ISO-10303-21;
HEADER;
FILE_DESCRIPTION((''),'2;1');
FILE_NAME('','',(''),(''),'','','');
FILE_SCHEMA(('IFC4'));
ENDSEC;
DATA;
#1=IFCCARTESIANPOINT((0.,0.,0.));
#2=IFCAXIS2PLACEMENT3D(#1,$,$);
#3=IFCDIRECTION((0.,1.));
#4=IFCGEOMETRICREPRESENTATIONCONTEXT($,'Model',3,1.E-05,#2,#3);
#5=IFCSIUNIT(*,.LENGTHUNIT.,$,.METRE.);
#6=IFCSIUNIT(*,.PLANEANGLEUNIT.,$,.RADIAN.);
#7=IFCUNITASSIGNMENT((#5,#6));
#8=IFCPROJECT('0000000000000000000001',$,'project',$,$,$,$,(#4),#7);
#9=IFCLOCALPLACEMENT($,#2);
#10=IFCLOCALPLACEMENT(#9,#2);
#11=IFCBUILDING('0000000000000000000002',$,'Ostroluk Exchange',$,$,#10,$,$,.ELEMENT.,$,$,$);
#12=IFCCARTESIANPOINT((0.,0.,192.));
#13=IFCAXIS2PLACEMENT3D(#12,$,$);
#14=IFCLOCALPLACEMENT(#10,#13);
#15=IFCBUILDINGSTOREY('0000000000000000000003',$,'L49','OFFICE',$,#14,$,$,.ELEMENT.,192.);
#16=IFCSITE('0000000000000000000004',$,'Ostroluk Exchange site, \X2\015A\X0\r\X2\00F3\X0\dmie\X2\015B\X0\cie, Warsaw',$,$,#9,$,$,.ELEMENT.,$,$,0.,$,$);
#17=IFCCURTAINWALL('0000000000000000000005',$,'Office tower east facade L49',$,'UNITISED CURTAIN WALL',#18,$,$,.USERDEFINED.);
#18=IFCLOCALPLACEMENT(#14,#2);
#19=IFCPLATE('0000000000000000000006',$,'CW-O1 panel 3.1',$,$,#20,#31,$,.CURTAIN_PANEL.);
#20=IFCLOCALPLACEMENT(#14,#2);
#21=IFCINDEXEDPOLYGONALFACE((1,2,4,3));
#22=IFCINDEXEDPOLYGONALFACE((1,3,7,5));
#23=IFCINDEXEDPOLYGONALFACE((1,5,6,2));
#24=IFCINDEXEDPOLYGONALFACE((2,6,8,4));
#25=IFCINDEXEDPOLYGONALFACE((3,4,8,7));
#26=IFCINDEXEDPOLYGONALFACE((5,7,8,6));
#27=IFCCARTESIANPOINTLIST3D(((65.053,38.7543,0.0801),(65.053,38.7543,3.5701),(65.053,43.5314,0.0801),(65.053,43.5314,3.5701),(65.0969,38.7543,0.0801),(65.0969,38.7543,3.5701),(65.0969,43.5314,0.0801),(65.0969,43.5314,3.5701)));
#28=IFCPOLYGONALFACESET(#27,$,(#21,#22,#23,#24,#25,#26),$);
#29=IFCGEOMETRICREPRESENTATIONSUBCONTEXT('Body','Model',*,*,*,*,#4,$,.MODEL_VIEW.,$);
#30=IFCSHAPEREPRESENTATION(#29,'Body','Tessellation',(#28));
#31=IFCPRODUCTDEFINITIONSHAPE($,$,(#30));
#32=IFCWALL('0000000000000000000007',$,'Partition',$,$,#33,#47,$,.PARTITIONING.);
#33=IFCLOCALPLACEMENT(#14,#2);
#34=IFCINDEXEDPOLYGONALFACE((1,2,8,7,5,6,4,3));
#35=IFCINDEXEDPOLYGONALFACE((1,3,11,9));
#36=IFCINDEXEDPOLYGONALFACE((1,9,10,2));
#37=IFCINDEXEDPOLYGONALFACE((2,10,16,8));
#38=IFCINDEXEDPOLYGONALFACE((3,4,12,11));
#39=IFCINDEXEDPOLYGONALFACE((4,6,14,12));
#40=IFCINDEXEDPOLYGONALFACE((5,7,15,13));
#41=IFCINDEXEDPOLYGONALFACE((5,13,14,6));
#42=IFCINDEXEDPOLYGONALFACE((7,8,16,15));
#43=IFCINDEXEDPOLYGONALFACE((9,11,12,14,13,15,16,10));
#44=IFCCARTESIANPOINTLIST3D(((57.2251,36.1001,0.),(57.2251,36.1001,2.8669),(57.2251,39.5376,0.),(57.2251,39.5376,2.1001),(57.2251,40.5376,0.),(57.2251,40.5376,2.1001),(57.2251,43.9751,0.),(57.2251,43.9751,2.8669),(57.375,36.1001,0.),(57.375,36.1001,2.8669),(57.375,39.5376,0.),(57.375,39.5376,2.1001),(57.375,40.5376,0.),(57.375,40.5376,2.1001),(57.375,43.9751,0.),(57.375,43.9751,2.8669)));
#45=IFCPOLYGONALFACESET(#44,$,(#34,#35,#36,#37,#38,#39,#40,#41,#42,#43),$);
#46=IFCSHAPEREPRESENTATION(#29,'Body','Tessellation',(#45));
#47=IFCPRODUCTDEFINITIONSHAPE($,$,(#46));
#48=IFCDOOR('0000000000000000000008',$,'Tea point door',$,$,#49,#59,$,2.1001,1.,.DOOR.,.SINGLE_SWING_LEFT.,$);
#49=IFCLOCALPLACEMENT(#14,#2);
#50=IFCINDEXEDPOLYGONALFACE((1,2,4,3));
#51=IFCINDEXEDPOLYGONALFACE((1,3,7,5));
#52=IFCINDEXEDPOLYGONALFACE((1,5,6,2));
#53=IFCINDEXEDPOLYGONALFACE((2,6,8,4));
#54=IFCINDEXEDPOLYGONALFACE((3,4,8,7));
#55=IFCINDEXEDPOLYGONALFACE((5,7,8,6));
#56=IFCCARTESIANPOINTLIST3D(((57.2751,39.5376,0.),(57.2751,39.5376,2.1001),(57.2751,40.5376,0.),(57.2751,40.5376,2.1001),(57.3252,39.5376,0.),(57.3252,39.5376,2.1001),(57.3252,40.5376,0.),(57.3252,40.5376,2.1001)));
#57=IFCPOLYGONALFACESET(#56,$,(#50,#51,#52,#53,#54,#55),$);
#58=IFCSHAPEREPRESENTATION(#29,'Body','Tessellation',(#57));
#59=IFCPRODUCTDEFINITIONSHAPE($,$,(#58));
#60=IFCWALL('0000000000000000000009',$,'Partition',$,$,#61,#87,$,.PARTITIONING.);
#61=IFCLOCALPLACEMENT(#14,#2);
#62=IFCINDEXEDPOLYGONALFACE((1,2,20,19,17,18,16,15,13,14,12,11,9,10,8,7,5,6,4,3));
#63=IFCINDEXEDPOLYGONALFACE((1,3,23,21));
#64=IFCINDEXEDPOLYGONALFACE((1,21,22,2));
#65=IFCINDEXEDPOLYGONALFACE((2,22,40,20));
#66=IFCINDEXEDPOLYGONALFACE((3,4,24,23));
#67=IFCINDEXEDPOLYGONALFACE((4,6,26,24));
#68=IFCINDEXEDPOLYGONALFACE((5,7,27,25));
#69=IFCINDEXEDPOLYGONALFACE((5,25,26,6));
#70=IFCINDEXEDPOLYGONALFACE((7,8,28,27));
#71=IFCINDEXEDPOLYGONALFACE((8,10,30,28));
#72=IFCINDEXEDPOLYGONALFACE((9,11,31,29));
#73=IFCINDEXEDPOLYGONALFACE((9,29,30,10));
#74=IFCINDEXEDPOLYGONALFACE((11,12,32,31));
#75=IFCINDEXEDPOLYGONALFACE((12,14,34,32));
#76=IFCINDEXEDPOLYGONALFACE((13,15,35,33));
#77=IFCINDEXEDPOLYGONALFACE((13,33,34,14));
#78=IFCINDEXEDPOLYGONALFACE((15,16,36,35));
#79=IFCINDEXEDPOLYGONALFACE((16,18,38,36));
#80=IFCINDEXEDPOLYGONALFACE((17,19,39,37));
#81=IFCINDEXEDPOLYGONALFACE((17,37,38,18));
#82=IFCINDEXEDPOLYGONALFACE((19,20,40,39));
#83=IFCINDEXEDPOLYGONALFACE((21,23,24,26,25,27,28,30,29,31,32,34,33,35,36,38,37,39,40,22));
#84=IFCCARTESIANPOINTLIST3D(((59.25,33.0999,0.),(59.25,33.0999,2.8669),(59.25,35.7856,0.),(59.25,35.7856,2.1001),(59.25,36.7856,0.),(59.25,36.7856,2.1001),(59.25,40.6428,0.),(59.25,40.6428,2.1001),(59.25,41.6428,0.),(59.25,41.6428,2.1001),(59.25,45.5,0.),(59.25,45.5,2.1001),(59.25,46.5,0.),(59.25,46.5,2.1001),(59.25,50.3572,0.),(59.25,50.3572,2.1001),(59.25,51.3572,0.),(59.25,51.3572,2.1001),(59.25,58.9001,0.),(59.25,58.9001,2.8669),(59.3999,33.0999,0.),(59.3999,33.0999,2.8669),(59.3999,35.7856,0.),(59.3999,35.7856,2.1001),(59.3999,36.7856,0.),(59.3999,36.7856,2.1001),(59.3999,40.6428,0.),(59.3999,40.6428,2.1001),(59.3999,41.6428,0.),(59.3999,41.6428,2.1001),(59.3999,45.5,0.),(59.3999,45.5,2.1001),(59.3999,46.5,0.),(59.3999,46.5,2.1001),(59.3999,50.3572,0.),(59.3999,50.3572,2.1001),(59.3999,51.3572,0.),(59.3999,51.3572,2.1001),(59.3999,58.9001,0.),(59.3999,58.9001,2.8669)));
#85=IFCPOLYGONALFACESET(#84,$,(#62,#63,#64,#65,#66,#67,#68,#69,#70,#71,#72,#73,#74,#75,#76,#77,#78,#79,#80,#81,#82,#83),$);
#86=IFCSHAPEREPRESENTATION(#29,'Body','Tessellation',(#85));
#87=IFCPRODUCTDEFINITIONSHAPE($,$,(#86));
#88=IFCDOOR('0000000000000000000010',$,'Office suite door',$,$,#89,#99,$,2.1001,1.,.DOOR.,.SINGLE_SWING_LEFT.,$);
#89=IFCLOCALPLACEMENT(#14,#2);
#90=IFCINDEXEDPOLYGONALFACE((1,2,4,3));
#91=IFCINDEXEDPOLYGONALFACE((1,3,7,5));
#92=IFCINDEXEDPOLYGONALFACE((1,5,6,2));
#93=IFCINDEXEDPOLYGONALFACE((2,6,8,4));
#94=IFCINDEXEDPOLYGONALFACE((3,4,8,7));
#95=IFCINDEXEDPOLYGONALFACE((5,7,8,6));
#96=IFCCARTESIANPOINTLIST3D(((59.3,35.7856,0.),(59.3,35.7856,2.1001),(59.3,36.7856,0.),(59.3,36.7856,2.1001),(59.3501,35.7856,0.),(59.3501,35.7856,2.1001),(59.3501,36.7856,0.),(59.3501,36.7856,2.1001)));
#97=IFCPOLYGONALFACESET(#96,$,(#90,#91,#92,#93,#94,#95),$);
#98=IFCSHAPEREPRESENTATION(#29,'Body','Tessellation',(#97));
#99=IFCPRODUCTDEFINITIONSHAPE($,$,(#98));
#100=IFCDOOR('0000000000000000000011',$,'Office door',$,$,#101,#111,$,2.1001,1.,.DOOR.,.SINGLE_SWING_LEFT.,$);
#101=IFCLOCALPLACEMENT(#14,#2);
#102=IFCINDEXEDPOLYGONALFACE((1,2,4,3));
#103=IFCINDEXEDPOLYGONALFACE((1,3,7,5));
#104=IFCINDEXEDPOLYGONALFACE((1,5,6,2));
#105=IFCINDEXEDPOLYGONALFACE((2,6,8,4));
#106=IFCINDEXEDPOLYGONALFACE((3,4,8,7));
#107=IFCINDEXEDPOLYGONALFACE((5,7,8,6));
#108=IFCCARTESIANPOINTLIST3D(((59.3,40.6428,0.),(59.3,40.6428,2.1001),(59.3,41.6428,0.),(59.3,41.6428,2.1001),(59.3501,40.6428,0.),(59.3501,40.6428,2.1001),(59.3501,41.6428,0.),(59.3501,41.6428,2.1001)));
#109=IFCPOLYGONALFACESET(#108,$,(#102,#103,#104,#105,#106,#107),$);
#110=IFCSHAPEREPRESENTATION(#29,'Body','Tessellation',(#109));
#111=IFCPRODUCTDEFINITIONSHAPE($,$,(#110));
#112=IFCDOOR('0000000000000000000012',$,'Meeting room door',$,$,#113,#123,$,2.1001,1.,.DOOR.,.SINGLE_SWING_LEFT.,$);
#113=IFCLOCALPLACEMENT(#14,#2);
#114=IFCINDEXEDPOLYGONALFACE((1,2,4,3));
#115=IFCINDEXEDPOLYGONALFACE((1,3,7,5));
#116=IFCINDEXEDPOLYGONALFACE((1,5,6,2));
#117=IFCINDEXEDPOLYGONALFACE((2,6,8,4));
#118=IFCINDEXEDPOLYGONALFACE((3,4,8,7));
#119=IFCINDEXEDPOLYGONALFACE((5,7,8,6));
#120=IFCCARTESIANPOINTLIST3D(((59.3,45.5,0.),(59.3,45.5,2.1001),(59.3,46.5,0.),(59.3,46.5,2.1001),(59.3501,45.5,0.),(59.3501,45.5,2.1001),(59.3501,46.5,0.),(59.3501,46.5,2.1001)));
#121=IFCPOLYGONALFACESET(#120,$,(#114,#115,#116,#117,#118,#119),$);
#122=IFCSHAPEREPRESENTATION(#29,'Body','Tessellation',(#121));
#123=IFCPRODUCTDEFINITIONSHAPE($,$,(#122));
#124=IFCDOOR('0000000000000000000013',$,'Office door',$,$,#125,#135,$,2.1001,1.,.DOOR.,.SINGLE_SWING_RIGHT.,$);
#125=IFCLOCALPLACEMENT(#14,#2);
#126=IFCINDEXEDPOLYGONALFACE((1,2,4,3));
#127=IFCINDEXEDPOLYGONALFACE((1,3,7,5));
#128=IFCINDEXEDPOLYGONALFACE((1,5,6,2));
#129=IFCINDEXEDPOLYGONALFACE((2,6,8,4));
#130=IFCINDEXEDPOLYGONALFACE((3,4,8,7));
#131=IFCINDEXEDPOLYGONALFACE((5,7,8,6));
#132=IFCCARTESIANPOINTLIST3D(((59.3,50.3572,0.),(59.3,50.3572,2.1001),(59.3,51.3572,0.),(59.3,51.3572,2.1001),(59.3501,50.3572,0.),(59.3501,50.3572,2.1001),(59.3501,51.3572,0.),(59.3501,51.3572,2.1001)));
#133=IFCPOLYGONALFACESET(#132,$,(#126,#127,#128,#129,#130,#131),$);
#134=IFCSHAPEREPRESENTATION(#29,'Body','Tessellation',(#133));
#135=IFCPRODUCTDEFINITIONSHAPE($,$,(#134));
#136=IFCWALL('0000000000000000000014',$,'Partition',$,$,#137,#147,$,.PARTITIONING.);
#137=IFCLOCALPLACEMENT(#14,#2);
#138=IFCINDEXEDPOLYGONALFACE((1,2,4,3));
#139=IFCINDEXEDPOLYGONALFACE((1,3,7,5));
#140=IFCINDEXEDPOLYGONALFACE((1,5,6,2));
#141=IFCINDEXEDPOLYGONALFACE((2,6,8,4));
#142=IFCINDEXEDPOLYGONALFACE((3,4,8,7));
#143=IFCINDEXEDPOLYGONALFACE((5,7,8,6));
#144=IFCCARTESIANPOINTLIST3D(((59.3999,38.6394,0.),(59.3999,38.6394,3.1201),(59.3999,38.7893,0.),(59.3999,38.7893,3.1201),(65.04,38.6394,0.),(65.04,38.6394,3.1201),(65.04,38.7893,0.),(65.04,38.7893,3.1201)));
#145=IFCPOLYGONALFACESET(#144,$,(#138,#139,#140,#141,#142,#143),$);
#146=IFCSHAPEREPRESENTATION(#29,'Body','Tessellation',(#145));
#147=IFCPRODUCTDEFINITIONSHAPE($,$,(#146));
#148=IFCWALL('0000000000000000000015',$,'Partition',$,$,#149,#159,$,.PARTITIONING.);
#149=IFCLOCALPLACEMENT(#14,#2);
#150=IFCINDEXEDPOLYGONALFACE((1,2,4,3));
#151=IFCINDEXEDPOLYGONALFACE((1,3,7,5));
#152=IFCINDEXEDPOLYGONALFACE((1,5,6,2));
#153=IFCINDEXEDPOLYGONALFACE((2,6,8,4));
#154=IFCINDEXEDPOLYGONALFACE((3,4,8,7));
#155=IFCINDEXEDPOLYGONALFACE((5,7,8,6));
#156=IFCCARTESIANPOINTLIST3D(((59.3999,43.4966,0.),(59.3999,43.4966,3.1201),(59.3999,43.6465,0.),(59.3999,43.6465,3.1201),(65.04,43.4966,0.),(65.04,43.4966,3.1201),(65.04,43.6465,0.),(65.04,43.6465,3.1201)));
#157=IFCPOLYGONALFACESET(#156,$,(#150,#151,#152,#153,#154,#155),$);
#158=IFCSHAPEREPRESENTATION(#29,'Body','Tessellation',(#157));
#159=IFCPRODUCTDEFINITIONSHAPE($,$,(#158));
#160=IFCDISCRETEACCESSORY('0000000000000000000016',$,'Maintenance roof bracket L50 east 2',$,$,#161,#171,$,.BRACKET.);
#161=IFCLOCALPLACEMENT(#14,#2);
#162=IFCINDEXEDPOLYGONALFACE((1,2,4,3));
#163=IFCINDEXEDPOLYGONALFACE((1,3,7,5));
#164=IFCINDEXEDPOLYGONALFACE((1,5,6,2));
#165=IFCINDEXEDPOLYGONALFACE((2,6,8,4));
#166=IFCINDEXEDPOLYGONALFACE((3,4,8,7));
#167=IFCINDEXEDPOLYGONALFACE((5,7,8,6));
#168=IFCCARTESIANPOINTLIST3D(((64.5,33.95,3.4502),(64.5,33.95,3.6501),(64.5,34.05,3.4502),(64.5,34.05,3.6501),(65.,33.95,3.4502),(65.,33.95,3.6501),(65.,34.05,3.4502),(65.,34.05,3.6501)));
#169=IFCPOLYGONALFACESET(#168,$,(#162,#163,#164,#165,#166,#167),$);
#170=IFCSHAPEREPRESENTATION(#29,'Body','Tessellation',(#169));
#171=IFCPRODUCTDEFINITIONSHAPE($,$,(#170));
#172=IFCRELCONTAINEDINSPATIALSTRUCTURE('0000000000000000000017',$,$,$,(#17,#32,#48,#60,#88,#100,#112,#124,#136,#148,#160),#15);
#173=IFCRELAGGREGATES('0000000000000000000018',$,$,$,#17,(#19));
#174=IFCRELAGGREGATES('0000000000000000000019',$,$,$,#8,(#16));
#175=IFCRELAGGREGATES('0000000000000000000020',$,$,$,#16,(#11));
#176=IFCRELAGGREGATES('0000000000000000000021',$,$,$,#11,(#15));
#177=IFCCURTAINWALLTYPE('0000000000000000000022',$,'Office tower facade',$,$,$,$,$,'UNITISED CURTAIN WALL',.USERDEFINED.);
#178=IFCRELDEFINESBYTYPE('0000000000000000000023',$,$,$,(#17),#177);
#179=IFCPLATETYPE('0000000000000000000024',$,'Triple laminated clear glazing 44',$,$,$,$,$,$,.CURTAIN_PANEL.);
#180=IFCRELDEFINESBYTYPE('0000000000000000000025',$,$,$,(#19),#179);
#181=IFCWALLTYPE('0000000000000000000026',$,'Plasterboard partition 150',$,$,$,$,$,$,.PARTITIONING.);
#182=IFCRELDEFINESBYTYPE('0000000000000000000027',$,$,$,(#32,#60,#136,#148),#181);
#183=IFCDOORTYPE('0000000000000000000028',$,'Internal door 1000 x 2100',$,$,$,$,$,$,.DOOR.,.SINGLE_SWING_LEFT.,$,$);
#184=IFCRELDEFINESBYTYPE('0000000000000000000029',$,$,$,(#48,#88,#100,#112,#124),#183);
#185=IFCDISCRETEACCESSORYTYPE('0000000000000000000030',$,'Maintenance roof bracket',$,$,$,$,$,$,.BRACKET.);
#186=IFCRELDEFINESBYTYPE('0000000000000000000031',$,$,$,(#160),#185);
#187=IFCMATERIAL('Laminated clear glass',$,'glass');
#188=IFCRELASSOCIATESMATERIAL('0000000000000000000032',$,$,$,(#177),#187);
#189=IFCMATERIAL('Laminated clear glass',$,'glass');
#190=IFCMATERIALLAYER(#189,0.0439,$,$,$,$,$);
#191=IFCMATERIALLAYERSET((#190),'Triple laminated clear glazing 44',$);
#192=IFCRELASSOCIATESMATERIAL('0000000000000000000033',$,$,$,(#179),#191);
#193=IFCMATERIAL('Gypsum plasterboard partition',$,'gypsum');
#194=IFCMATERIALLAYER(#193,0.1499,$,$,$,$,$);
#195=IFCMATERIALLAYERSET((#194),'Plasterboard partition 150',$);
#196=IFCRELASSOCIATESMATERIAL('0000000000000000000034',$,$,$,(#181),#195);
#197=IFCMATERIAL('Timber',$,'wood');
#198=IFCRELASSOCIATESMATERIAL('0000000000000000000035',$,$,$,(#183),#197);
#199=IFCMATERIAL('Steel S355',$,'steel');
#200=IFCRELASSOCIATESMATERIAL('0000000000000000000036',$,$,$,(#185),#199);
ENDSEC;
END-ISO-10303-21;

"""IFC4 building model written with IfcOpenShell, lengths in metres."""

from ifc_helpers import new_model, si_unit, direction, frame, frame_2d, origin, origin_2d, place, context, subcontext, project, spatial, rectangle, extrude, material, layer, layer_set, type_object, element, fill, aggregate, save


model = new_model("IFC4")

# Units and contexts
model_context = context("Model", 3, precision=1e-05, world=origin(), true_north=direction((0.0, 1.0)))
body_context = subcontext(model_context, "Body", "Model", "MODEL_VIEW")
ifc_project = project(units=[si_unit("LENGTHUNIT", "METRE"), si_unit("PLANEANGLEUNIT", "RADIAN")], contexts=[model_context])

# Site, building, storey
site_placement = place(None, origin())
site = spatial("IfcSite", under=ifc_project, at=site_placement, Name="Ostroluk Exchange site, Śródmieście, Warsaw", CompositionType="ELEMENT", RefElevation=0.0)
building_placement = place(site_placement, origin())
building = spatial("IfcBuilding", under=site, at=building_placement, Name="Ostroluk Exchange", CompositionType="ELEMENT")
storey_placement = place(building_placement, frame((0.0, 0.0, 192.0)))
storey = spatial("IfcBuildingStorey", under=building, at=storey_placement, Name="L49", Description="OFFICE", CompositionType="ELEMENT", Elevation=192.0)

# Curtain wall, plate
ifc_material_1 = material(Name="Laminated clear glass", Category="glass")
curtain_wall_type = type_object("IfcCurtainWallType", Name="Office tower facade", ElementType="UNITISED CURTAIN WALL", PredefinedType="USERDEFINED", material=ifc_material_1)
curtain_wall_placement = place(storey_placement, origin())
curtain_wall = element("IfcCurtainWall", 1, at=curtain_wall_placement, inside=storey, type_object=curtain_wall_type, Name="Office tower east facade L49", ObjectType="UNITISED CURTAIN WALL", PredefinedType="USERDEFINED")
ifc_material_2 = material(Name="Laminated clear glass", Category="glass")
ifc_layer_1 = layer(ifc_material_2, 0.0439)
ifc_layer_set_1 = layer_set([ifc_layer_1], Name="Triple laminated clear glazing 44")
plate_type = type_object("IfcPlateType", Name="Triple laminated clear glazing 44", PredefinedType="CURTAIN_PANEL", material=ifc_layer_set_1)
plate_1_placement = place(storey_placement, frame((65.075, 41.1428, 0.0801), z_axis=(0.0, 0.0, 1.0), x_axis=(0.0, 1.0, 0.0)))
plate_1 = element("IfcPlate", 2, at=plate_1_placement, type_object=plate_type, Name="CW-O1 panel 3.1", PredefinedType="CURTAIN_PANEL", context=body_context, shape_type="SweptSolid", body=[
    extrude(rectangle(XDim=4.7771, YDim=0.0439, at=origin_2d()), origin(), (0.0, 0.0, 1.0), 3.49),
])
aggregate(curtain_wall, [plate_1])

# Wall, opening, door
ifc_material_3 = material(Name="Gypsum plasterboard partition", Category="gypsum")
ifc_layer_2 = layer(ifc_material_3, 0.1499)
ifc_layer_set_2 = layer_set([ifc_layer_2], Name="Plasterboard partition 150")
wall_type = type_object("IfcWallType", Name="Plasterboard partition 150", PredefinedType="PARTITIONING", material=ifc_layer_set_2)
wall_1_placement = place(storey_placement, frame((57.3, 36.1001, 0.0), z_axis=(0.0, 0.0, 1.0), x_axis=(0.0, 1.0, 0.0)))
wall_1 = element("IfcWall", 3, at=wall_1_placement, inside=storey, type_object=wall_type, Name="Partition", PredefinedType="PARTITIONING", context=body_context, shape_type="SweptSolid", body=[
    extrude(rectangle(XDim=7.875, YDim=0.1499, at=frame_2d((3.9375, 0.0))), origin(), (0.0, 0.0, 1.0), 2.8669),
])
opening_1_placement = place(wall_1_placement, frame((3.4375, 0.0, 0.0)))
opening_1 = element("IfcOpeningElement", 4, at=opening_1_placement, cuts=wall_1, PredefinedType="OPENING", context=body_context, shape_type="SweptSolid", body=[
    extrude(rectangle(XDim=1.0, YDim=2.1001, at=frame_2d((0.5, 1.05))), frame((0.0, 0.085, 0.0), z_axis=(0.0, -1.0, 0.0), x_axis=(1.0, 0.0, 0.0)), (0.0, 0.0, 1.0), 0.1699),
])
ifc_material_4 = material(Name="Timber", Category="wood")
door_type = type_object("IfcDoorType", Name="Internal door 1000 x 2100", OperationType="SINGLE_SWING_LEFT", PredefinedType="DOOR", material=ifc_material_4)
door_1_placement = place(opening_1_placement, origin())
door_1 = element("IfcDoor", 5, at=door_1_placement, inside=storey, type_object=door_type, Name="Tea point door", OperationType="SINGLE_SWING_LEFT", OverallHeight=2.1001, OverallWidth=1.0, PredefinedType="DOOR", context=body_context, shape_type="SweptSolid", body=[
    extrude(rectangle(XDim=1.0, YDim=2.1001, at=frame_2d((0.5, 1.05))), frame((0.0, 0.0249, 0.0), z_axis=(0.0, -1.0, 0.0), x_axis=(1.0, 0.0, 0.0)), (0.0, 0.0, 1.0), 0.05),
])
fill(opening_1, door_1)

# Wall, openings, doors
wall_2_placement = place(storey_placement, frame((59.325, 33.0999, 0.0), z_axis=(0.0, 0.0, 1.0), x_axis=(0.0, 1.0, 0.0)))
wall_2 = element("IfcWall", 6, at=wall_2_placement, inside=storey, type_object=wall_type, Name="Partition", PredefinedType="PARTITIONING", context=body_context, shape_type="SweptSolid", body=[
    extrude(rectangle(XDim=25.8003, YDim=0.1499, at=frame_2d((12.9001, 0.0))), origin(), (0.0, 0.0, 1.0), 2.8669),
])
opening_2_placement = place(wall_2_placement, frame((2.6858, 0.0, 0.0)))
opening_2 = element("IfcOpeningElement", 7, at=opening_2_placement, cuts=wall_2, PredefinedType="OPENING", context=body_context, shape_type="SweptSolid", body=[
    extrude(rectangle(XDim=1.0, YDim=2.1001, at=frame_2d((0.5, 1.05))), frame((0.0, 0.085, 0.0), z_axis=(0.0, -1.0, 0.0), x_axis=(1.0, 0.0, 0.0)), (0.0, 0.0, 1.0), 0.1699),
])
opening_3_placement = place(wall_2_placement, frame((7.543, 0.0, 0.0)))
opening_3 = element("IfcOpeningElement", 8, at=opening_3_placement, cuts=wall_2, PredefinedType="OPENING", context=body_context, shape_type="SweptSolid", body=[
    extrude(rectangle(XDim=1.0, YDim=2.1001, at=frame_2d((0.5, 1.05))), frame((0.0, 0.085, 0.0), z_axis=(0.0, -1.0, 0.0), x_axis=(1.0, 0.0, 0.0)), (0.0, 0.0, 1.0), 0.1699),
])
opening_4_placement = place(wall_2_placement, frame((12.4001, 0.0, 0.0)))
opening_4 = element("IfcOpeningElement", 9, at=opening_4_placement, cuts=wall_2, PredefinedType="OPENING", context=body_context, shape_type="SweptSolid", body=[
    extrude(rectangle(XDim=1.0, YDim=2.1001, at=frame_2d((0.5, 1.05))), frame((0.0, 0.085, 0.0), z_axis=(0.0, -1.0, 0.0), x_axis=(1.0, 0.0, 0.0)), (0.0, 0.0, 1.0), 0.1699),
])
opening_5_placement = place(wall_2_placement, frame((17.2573, 0.0, 0.0)))
opening_5 = element("IfcOpeningElement", 10, at=opening_5_placement, cuts=wall_2, PredefinedType="OPENING", context=body_context, shape_type="SweptSolid", body=[
    extrude(rectangle(XDim=1.0, YDim=2.1001, at=frame_2d((0.5, 1.05))), frame((0.0, 0.085, 0.0), z_axis=(0.0, -1.0, 0.0), x_axis=(1.0, 0.0, 0.0)), (0.0, 0.0, 1.0), 0.1699),
])
door_2_placement = place(opening_2_placement, origin())
door_2 = element("IfcDoor", 11, at=door_2_placement, inside=storey, type_object=door_type, Name="Office suite door", OperationType="SINGLE_SWING_LEFT", OverallHeight=2.1001, OverallWidth=1.0, PredefinedType="DOOR", context=body_context, shape_type="SweptSolid", body=[
    extrude(rectangle(XDim=1.0, YDim=2.1001, at=frame_2d((0.5, 1.05))), frame((0.0, 0.0249, 0.0), z_axis=(0.0, -1.0, 0.0), x_axis=(1.0, 0.0, 0.0)), (0.0, 0.0, 1.0), 0.05),
])
fill(opening_2, door_2)
door_3_placement = place(opening_3_placement, origin())
door_3 = element("IfcDoor", 12, at=door_3_placement, inside=storey, type_object=door_type, Name="Office door", OperationType="SINGLE_SWING_LEFT", OverallHeight=2.1001, OverallWidth=1.0, PredefinedType="DOOR", context=body_context, shape_type="SweptSolid", body=[
    extrude(rectangle(XDim=1.0, YDim=2.1001, at=frame_2d((0.5, 1.05))), frame((0.0, 0.0249, 0.0), z_axis=(0.0, -1.0, 0.0), x_axis=(1.0, 0.0, 0.0)), (0.0, 0.0, 1.0), 0.05),
])
fill(opening_3, door_3)
door_4_placement = place(opening_4_placement, origin())
door_4 = element("IfcDoor", 13, at=door_4_placement, inside=storey, type_object=door_type, Name="Meeting room door", OperationType="SINGLE_SWING_LEFT", OverallHeight=2.1001, OverallWidth=1.0, PredefinedType="DOOR", context=body_context, shape_type="SweptSolid", body=[
    extrude(rectangle(XDim=1.0, YDim=2.1001, at=frame_2d((0.5, 1.05))), frame((0.0, 0.0249, 0.0), z_axis=(0.0, -1.0, 0.0), x_axis=(1.0, 0.0, 0.0)), (0.0, 0.0, 1.0), 0.05),
])
fill(opening_4, door_4)
door_5_placement = place(opening_5_placement, origin())
door_5 = element("IfcDoor", 14, at=door_5_placement, inside=storey, type_object=door_type, Name="Office door", OperationType="SINGLE_SWING_RIGHT", OverallHeight=2.1001, OverallWidth=1.0, PredefinedType="DOOR", context=body_context, shape_type="SweptSolid", body=[
    extrude(rectangle(XDim=1.0, YDim=2.1001, at=frame_2d((0.5, 1.05))), frame((0.0, 0.0249, 0.0), z_axis=(0.0, -1.0, 0.0), x_axis=(1.0, 0.0, 0.0)), (0.0, 0.0, 1.0), 0.05),
])
fill(opening_5, door_5)

# Walls
for number, where, z_axis, x_axis, name in (
    (15, (59.3999, 38.7144, 0.0), (0.0, 0.0, 1.0), (1.0, 0.0, 0.0), "Partition"),
    (16, (59.3999, 43.5715, 0.0), (0.0, 0.0, 1.0), (1.0, 0.0, 0.0), "Partition"),
):
    element("IfcWall", number, at=place(storey_placement, frame(where, z_axis=z_axis, x_axis=x_axis)), inside=storey, type_object=wall_type, Name=name, PredefinedType="PARTITIONING", context=body_context, shape_type="SweptSolid", body=[
        extrude(rectangle(XDim=5.6401, YDim=0.1499, at=frame_2d((2.8201, 0.0))), origin(), (0.0, 0.0, 1.0), 3.1201),
    ])

# Discrete accessory
ifc_material_5 = material(Name="Steel S355", Category="steel")
discrete_accessory_type = type_object("IfcDiscreteAccessoryType", Name="Maintenance roof bracket", PredefinedType="BRACKET", material=ifc_material_5)
for number, where, z_axis, x_axis, name in (
    (17, (64.75, 34.0, 3.4502), (0.0, 0.0, 1.0), (1.0, 0.0, 0.0), "Maintenance roof bracket L50 east 2"),
):
    element("IfcDiscreteAccessory", number, at=place(storey_placement, frame(where, z_axis=z_axis, x_axis=x_axis)), inside=storey, type_object=discrete_accessory_type, Name=name, PredefinedType="BRACKET", context=body_context, shape_type="SweptSolid", body=[
        extrude(rectangle(XDim=0.5, YDim=0.1001, at=origin_2d()), origin(), (0.0, 0.0, 1.0), 0.2),
    ])

save(model, "model.ifc")
